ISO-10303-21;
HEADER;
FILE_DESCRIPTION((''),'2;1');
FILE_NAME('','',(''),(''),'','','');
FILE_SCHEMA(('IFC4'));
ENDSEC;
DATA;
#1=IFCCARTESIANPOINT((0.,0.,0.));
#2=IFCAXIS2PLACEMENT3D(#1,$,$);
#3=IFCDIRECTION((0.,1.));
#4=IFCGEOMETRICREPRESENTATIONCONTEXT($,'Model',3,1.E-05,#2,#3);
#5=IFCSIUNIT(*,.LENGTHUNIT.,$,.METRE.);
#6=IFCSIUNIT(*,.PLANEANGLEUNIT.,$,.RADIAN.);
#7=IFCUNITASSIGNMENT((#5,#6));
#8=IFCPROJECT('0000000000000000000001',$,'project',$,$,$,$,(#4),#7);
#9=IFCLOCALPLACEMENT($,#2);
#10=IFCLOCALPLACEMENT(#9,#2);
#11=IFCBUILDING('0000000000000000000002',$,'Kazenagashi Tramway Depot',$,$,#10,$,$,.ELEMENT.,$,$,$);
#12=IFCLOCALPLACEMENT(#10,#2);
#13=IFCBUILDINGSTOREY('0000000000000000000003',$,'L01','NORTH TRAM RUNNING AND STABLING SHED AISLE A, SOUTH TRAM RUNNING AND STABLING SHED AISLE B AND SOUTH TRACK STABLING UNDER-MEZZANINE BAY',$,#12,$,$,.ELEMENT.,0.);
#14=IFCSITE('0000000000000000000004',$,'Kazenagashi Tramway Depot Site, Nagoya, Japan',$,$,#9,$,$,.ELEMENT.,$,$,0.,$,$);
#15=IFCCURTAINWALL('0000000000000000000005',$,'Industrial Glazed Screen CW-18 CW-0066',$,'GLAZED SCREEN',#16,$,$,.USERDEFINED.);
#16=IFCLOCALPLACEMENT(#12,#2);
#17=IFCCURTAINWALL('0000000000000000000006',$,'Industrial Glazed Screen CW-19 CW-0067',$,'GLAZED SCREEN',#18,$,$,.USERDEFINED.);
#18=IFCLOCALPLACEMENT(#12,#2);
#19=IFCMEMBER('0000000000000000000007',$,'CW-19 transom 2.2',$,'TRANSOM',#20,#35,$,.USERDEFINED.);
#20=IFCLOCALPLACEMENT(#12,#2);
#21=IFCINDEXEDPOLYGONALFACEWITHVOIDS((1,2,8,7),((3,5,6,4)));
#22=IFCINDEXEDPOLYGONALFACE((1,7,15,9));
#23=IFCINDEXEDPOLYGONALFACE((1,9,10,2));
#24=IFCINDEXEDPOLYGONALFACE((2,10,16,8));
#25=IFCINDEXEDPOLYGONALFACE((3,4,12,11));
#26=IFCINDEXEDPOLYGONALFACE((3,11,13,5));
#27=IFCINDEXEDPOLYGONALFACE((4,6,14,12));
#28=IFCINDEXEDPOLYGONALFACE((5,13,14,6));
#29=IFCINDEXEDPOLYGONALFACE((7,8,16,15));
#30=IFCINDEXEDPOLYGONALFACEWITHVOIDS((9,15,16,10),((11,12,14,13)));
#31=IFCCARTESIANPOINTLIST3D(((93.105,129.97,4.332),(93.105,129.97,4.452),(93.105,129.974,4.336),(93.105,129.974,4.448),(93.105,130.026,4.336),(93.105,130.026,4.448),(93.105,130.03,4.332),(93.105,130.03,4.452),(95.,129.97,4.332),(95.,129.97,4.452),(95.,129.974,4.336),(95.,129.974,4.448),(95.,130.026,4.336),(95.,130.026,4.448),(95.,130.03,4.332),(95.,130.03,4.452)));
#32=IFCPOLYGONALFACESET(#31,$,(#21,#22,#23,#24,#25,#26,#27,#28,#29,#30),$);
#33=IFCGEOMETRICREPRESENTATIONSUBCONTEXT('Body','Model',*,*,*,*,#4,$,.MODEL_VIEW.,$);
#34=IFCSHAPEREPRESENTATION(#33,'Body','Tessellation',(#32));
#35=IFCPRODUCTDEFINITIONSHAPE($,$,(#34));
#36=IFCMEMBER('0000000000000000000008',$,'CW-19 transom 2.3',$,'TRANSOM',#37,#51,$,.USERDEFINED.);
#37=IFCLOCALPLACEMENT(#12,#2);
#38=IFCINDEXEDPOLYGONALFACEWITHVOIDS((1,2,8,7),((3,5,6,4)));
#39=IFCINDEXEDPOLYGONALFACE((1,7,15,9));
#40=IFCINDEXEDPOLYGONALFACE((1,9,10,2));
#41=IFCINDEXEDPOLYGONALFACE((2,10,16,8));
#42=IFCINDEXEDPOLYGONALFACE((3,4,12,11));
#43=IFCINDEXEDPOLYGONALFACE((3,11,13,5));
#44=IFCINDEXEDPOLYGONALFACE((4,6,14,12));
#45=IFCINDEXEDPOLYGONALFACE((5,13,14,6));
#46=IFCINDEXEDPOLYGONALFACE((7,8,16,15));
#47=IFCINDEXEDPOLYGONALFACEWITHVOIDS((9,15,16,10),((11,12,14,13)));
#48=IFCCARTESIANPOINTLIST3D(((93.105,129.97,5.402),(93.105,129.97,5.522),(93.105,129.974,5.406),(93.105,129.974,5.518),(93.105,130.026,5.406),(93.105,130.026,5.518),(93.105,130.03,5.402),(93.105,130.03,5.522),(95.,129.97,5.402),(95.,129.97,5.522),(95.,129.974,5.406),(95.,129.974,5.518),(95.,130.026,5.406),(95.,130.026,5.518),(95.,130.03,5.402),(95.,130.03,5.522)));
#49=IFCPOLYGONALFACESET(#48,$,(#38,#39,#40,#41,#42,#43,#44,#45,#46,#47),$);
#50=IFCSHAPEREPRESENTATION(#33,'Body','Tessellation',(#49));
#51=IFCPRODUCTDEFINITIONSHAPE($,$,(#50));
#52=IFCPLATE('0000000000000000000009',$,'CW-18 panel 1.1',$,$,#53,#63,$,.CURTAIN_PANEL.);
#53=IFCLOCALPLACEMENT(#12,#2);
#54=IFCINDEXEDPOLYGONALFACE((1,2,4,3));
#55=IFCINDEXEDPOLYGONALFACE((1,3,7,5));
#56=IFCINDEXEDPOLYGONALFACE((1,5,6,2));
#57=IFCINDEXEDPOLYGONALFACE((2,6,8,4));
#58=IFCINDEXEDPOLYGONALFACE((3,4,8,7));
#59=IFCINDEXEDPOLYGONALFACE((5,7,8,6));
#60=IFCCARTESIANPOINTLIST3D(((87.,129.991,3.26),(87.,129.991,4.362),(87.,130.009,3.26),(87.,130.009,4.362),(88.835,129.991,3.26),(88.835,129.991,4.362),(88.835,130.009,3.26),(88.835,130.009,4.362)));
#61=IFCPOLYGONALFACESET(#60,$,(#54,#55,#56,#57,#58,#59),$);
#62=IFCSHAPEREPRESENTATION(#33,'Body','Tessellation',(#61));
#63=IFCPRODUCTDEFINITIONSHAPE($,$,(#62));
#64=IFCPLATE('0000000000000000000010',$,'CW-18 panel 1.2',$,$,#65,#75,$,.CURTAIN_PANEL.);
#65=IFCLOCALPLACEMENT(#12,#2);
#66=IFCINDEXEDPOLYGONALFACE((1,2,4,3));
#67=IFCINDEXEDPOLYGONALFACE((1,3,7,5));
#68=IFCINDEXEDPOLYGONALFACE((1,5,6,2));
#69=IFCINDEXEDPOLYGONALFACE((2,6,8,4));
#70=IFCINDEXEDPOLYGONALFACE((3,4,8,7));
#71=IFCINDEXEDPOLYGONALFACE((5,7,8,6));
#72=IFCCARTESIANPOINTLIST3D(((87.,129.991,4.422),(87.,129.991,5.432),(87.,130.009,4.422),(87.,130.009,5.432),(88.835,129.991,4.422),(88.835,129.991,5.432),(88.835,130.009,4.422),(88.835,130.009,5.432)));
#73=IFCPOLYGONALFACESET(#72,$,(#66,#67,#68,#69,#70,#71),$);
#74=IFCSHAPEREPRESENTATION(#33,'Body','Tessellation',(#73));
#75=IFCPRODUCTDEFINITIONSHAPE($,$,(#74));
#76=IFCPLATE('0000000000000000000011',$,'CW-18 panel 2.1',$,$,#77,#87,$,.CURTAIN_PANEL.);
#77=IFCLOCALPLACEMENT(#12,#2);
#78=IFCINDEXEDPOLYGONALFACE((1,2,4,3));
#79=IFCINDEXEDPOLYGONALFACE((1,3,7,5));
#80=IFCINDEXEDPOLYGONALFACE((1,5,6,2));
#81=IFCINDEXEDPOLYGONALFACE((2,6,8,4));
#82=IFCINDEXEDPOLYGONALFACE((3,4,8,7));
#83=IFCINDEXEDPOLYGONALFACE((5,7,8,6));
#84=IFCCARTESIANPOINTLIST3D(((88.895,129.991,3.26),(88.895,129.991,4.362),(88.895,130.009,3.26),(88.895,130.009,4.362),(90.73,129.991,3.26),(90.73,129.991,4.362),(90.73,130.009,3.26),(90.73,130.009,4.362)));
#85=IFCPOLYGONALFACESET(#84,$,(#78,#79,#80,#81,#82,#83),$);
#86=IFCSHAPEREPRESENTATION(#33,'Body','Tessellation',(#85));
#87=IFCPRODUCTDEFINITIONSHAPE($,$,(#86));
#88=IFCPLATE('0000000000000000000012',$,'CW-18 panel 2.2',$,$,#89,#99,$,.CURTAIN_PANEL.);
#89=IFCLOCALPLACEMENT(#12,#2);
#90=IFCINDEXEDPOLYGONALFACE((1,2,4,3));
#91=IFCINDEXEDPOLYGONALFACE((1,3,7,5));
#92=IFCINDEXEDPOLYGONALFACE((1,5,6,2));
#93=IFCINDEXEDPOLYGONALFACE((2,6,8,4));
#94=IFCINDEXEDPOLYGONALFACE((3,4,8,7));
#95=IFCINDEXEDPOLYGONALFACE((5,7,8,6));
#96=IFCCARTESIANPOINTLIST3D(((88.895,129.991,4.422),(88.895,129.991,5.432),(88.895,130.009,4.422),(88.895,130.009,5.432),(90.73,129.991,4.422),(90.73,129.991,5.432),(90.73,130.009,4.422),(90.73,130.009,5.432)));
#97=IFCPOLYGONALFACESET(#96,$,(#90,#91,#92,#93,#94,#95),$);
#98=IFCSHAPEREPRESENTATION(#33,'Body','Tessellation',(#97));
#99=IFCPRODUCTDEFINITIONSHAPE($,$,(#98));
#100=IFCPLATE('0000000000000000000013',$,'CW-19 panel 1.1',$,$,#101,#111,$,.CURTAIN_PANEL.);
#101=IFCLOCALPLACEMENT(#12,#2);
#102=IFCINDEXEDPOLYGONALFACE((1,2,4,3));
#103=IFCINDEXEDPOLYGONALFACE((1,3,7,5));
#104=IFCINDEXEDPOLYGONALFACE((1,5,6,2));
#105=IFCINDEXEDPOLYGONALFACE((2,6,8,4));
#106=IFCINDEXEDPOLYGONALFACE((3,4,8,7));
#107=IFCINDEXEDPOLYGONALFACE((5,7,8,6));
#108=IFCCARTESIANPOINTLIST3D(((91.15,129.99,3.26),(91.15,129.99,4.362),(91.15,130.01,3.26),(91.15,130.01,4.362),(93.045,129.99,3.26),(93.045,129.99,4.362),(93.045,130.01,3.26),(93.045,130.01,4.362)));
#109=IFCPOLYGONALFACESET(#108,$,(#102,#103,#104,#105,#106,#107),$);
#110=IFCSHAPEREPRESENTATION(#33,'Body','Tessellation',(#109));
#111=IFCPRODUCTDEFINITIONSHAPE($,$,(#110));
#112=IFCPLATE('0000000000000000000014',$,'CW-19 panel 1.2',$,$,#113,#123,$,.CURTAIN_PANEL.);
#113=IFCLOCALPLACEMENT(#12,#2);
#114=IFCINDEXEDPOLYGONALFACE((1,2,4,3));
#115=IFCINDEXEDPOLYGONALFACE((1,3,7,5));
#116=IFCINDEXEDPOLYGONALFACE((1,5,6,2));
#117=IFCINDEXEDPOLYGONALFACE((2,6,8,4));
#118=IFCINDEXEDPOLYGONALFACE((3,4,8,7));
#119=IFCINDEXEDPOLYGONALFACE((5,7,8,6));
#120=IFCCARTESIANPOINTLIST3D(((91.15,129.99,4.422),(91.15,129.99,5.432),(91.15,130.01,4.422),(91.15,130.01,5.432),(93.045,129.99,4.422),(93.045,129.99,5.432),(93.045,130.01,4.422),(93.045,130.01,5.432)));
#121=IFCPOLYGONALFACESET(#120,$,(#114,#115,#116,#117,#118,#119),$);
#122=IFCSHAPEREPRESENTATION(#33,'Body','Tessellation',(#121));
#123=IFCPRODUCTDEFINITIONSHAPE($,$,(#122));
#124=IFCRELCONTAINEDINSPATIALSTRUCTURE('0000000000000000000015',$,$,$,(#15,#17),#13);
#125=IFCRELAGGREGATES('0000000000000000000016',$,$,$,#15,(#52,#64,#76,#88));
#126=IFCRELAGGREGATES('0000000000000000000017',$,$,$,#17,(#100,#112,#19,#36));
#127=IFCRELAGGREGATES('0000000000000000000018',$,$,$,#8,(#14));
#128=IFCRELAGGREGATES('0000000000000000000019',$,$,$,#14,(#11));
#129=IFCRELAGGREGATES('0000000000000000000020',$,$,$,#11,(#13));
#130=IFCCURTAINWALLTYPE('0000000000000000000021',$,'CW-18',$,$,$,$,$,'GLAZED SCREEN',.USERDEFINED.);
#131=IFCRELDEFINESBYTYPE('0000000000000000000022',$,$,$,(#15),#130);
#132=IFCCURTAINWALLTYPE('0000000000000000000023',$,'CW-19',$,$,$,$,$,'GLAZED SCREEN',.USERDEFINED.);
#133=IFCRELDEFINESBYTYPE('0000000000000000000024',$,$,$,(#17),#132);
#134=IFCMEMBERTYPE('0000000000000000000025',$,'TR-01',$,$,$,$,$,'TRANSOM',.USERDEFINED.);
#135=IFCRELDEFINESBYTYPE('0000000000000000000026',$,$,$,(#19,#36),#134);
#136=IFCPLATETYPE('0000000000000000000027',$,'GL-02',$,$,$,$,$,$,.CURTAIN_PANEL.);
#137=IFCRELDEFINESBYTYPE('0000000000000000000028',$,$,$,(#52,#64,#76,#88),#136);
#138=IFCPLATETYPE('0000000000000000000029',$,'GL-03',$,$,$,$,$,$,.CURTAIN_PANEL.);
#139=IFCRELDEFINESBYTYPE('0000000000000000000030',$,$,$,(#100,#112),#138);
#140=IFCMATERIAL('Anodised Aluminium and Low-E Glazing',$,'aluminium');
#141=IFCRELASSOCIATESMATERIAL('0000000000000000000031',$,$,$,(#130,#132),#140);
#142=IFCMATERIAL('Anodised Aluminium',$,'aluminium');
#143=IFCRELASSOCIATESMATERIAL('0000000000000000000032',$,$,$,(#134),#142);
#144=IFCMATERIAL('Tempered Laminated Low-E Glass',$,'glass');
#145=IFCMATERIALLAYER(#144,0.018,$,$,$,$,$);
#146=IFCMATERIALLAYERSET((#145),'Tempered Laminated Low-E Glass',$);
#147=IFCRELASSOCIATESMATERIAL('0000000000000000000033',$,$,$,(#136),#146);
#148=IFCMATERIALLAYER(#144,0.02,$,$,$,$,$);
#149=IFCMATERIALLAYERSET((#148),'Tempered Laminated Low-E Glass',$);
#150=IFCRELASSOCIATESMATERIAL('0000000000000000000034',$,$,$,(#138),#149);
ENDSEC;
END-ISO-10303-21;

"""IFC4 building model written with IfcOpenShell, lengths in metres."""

from ifc_helpers import new_model, si_unit, direction, frame, origin, origin_2d, place, context, subcontext, project, spatial, rectangle, hollow_rectangle, extrude, material, layer, layer_set, material_profile, profile_set, type_object, element, aggregate, save


model = new_model("IFC4")

# Units and contexts
model_context = context("Model", 3, precision=1e-05, world=origin(), true_north=direction((0.0, 1.0)))
body_context = subcontext(model_context, "Body", "Model", "MODEL_VIEW")
ifc_project = project(units=[si_unit("LENGTHUNIT", "METRE"), si_unit("PLANEANGLEUNIT", "RADIAN")], contexts=[model_context])

# Site, building, storey
site_placement = place(None, origin())
site = spatial("IfcSite", under=ifc_project, at=site_placement, Name="Kazenagashi Tramway Depot Site, Nagoya, Japan", CompositionType="ELEMENT", RefElevation=0.0)
building_placement = place(site_placement, origin())
building = spatial("IfcBuilding", under=site, at=building_placement, Name="Kazenagashi Tramway Depot", CompositionType="ELEMENT")
storey_placement = place(building_placement, origin())
storey = spatial("IfcBuildingStorey", under=building, at=storey_placement, Name="L01", Description="NORTH TRAM RUNNING AND STABLING SHED AISLE A, SOUTH TRAM RUNNING AND STABLING SHED AISLE B AND SOUTH TRACK STABLING UNDER-MEZZANINE BAY", CompositionType="ELEMENT", Elevation=0.0)

# Curtain walls
ifc_material_1 = material(Name="Anodised Aluminium and Low-E Glazing", Category="aluminium")
curtain_wall_type_1 = type_object("IfcCurtainWallType", Name="CW-18", ElementType="GLAZED SCREEN", PredefinedType="USERDEFINED", material=ifc_material_1)
curtain_wall_1_placement = place(storey_placement, origin())
curtain_wall_1 = element("IfcCurtainWall", 1, at=curtain_wall_1_placement, inside=storey, type_object=curtain_wall_type_1, Name="Industrial Glazed Screen CW-18 CW-0066", ObjectType="GLAZED SCREEN", PredefinedType="USERDEFINED")
ifc_material_2 = material(Name="Anodised Aluminium", Category="aluminium")
curtain_wall_type_2 = type_object("IfcCurtainWallType", Name="CW-19", ElementType="GLAZED SCREEN", PredefinedType="USERDEFINED", material=ifc_material_1)
curtain_wall_2_placement = place(storey_placement, origin())
curtain_wall_2 = element("IfcCurtainWall", 2, at=curtain_wall_2_placement, inside=storey, type_object=curtain_wall_type_2, Name="Industrial Glazed Screen CW-19 CW-0067", ObjectType="GLAZED SCREEN", PredefinedType="USERDEFINED")

# Members
ifc_material_profile_1 = material_profile(ifc_material_2, hollow_rectangle(XDim=0.06, YDim=0.12, WallThickness=0.004, at=origin_2d()), Name="RHS-120x60x4")
ifc_profile_set_1 = profile_set([ifc_material_profile_1], Name="Anodised Aluminium")
member_type_1 = type_object("IfcMemberType", Name="TR-01", ElementType="TRANSOM", PredefinedType="USERDEFINED", material=ifc_profile_set_1)
member_1_placement = place(storey_placement, frame((93.105, 130.0, 4.392), z_axis=(1.0, 0.0, 0.0), x_axis=(0.0, 1.0, 0.0)))
member_1 = element("IfcMember", 3, at=member_1_placement, type_object=member_type_1, Name="CW-19 transom 2.2", ObjectType="TRANSOM", PredefinedType="USERDEFINED", context=body_context, shape_type="SweptSolid", body=[
    extrude(hollow_rectangle(XDim=0.06, YDim=0.12, WallThickness=0.004, at=origin_2d()), origin(), (0.0, 0.0, 1.0), 1.895),
])
member_2_placement = place(storey_placement, frame((93.105, 130.0, 5.462), z_axis=(1.0, 0.0, 0.0), x_axis=(0.0, 1.0, 0.0)))
member_2 = element("IfcMember", 4, at=member_2_placement, type_object=member_type_1, Name="CW-19 transom 2.3", ObjectType="TRANSOM", PredefinedType="USERDEFINED", context=body_context, shape_type="SweptSolid", body=[
    extrude(hollow_rectangle(XDim=0.06, YDim=0.12, WallThickness=0.004, at=origin_2d()), origin(), (0.0, 0.0, 1.0), 1.895),
])

# Plates
ifc_material_3 = material(Name="Tempered Laminated Low-E Glass", Category="glass")
ifc_layer_1 = layer(ifc_material_3, 0.018)
ifc_layer_set_1 = layer_set([ifc_layer_1], Name="Tempered Laminated Low-E Glass")
plate_type_1 = type_object("IfcPlateType", Name="GL-02", PredefinedType="CURTAIN_PANEL", material=ifc_layer_set_1)
plate_1_placement = place(storey_placement, frame((87.9175, 130.0, 3.26), z_axis=(0.0, 0.0, 1.0), x_axis=(1.0, 0.0, 0.0)))
plate_1 = element("IfcPlate", 5, at=plate_1_placement, type_object=plate_type_1, Name="CW-18 panel 1.1", PredefinedType="CURTAIN_PANEL", context=body_context, shape_type="SweptSolid", body=[
    extrude(rectangle(XDim=1.835, YDim=0.018, at=origin_2d()), origin(), (0.0, 0.0, 1.0), 1.102),
])
plate_2_placement = place(storey_placement, frame((87.9175, 130.0, 4.422), z_axis=(0.0, 0.0, 1.0), x_axis=(1.0, 0.0, 0.0)))
plate_2 = element("IfcPlate", 6, at=plate_2_placement, type_object=plate_type_1, Name="CW-18 panel 1.2", PredefinedType="CURTAIN_PANEL", context=body_context, shape_type="SweptSolid", body=[
    extrude(rectangle(XDim=1.835, YDim=0.018, at=origin_2d()), origin(), (0.0, 0.0, 1.0), 1.01),
])
plate_3_placement = place(storey_placement, frame((89.8125, 130.0, 3.26), z_axis=(0.0, 0.0, 1.0), x_axis=(1.0, 0.0, 0.0)))
plate_3 = element("IfcPlate", 7, at=plate_3_placement, type_object=plate_type_1, Name="CW-18 panel 2.1", PredefinedType="CURTAIN_PANEL", context=body_context, shape_type="SweptSolid", body=[
    extrude(rectangle(XDim=1.835, YDim=0.018, at=origin_2d()), origin(), (0.0, 0.0, 1.0), 1.102),
])
plate_4_placement = place(storey_placement, frame((89.8125, 130.0, 4.422), z_axis=(0.0, 0.0, 1.0), x_axis=(1.0, 0.0, 0.0)))
plate_4 = element("IfcPlate", 8, at=plate_4_placement, type_object=plate_type_1, Name="CW-18 panel 2.2", PredefinedType="CURTAIN_PANEL", context=body_context, shape_type="SweptSolid", body=[
    extrude(rectangle(XDim=1.835, YDim=0.018, at=origin_2d()), origin(), (0.0, 0.0, 1.0), 1.01),
])
aggregate(curtain_wall_1, [plate_1, plate_2, plate_3, plate_4])
ifc_layer_2 = layer(ifc_material_3, 0.02)
ifc_layer_set_2 = layer_set([ifc_layer_2], Name="Tempered Laminated Low-E Glass")
plate_type_2 = type_object("IfcPlateType", Name="GL-03", PredefinedType="CURTAIN_PANEL", material=ifc_layer_set_2)
plate_5_placement = place(storey_placement, frame((92.0975, 130.0, 3.26), z_axis=(0.0, 0.0, 1.0), x_axis=(1.0, 0.0, 0.0)))
plate_5 = element("IfcPlate", 9, at=plate_5_placement, type_object=plate_type_2, Name="CW-19 panel 1.1", PredefinedType="CURTAIN_PANEL", context=body_context, shape_type="SweptSolid", body=[
    extrude(rectangle(XDim=1.895, YDim=0.02, at=origin_2d()), origin(), (0.0, 0.0, 1.0), 1.102),
])
plate_6_placement = place(storey_placement, frame((92.0975, 130.0, 4.422), z_axis=(0.0, 0.0, 1.0), x_axis=(1.0, 0.0, 0.0)))
plate_6 = element("IfcPlate", 10, at=plate_6_placement, type_object=plate_type_2, Name="CW-19 panel 1.2", PredefinedType="CURTAIN_PANEL", context=body_context, shape_type="SweptSolid", body=[
    extrude(rectangle(XDim=1.895, YDim=0.02, at=origin_2d()), origin(), (0.0, 0.0, 1.0), 1.01),
])
aggregate(curtain_wall_2, [plate_5, plate_6, member_1, member_2])

save(model, "model.ifc")
